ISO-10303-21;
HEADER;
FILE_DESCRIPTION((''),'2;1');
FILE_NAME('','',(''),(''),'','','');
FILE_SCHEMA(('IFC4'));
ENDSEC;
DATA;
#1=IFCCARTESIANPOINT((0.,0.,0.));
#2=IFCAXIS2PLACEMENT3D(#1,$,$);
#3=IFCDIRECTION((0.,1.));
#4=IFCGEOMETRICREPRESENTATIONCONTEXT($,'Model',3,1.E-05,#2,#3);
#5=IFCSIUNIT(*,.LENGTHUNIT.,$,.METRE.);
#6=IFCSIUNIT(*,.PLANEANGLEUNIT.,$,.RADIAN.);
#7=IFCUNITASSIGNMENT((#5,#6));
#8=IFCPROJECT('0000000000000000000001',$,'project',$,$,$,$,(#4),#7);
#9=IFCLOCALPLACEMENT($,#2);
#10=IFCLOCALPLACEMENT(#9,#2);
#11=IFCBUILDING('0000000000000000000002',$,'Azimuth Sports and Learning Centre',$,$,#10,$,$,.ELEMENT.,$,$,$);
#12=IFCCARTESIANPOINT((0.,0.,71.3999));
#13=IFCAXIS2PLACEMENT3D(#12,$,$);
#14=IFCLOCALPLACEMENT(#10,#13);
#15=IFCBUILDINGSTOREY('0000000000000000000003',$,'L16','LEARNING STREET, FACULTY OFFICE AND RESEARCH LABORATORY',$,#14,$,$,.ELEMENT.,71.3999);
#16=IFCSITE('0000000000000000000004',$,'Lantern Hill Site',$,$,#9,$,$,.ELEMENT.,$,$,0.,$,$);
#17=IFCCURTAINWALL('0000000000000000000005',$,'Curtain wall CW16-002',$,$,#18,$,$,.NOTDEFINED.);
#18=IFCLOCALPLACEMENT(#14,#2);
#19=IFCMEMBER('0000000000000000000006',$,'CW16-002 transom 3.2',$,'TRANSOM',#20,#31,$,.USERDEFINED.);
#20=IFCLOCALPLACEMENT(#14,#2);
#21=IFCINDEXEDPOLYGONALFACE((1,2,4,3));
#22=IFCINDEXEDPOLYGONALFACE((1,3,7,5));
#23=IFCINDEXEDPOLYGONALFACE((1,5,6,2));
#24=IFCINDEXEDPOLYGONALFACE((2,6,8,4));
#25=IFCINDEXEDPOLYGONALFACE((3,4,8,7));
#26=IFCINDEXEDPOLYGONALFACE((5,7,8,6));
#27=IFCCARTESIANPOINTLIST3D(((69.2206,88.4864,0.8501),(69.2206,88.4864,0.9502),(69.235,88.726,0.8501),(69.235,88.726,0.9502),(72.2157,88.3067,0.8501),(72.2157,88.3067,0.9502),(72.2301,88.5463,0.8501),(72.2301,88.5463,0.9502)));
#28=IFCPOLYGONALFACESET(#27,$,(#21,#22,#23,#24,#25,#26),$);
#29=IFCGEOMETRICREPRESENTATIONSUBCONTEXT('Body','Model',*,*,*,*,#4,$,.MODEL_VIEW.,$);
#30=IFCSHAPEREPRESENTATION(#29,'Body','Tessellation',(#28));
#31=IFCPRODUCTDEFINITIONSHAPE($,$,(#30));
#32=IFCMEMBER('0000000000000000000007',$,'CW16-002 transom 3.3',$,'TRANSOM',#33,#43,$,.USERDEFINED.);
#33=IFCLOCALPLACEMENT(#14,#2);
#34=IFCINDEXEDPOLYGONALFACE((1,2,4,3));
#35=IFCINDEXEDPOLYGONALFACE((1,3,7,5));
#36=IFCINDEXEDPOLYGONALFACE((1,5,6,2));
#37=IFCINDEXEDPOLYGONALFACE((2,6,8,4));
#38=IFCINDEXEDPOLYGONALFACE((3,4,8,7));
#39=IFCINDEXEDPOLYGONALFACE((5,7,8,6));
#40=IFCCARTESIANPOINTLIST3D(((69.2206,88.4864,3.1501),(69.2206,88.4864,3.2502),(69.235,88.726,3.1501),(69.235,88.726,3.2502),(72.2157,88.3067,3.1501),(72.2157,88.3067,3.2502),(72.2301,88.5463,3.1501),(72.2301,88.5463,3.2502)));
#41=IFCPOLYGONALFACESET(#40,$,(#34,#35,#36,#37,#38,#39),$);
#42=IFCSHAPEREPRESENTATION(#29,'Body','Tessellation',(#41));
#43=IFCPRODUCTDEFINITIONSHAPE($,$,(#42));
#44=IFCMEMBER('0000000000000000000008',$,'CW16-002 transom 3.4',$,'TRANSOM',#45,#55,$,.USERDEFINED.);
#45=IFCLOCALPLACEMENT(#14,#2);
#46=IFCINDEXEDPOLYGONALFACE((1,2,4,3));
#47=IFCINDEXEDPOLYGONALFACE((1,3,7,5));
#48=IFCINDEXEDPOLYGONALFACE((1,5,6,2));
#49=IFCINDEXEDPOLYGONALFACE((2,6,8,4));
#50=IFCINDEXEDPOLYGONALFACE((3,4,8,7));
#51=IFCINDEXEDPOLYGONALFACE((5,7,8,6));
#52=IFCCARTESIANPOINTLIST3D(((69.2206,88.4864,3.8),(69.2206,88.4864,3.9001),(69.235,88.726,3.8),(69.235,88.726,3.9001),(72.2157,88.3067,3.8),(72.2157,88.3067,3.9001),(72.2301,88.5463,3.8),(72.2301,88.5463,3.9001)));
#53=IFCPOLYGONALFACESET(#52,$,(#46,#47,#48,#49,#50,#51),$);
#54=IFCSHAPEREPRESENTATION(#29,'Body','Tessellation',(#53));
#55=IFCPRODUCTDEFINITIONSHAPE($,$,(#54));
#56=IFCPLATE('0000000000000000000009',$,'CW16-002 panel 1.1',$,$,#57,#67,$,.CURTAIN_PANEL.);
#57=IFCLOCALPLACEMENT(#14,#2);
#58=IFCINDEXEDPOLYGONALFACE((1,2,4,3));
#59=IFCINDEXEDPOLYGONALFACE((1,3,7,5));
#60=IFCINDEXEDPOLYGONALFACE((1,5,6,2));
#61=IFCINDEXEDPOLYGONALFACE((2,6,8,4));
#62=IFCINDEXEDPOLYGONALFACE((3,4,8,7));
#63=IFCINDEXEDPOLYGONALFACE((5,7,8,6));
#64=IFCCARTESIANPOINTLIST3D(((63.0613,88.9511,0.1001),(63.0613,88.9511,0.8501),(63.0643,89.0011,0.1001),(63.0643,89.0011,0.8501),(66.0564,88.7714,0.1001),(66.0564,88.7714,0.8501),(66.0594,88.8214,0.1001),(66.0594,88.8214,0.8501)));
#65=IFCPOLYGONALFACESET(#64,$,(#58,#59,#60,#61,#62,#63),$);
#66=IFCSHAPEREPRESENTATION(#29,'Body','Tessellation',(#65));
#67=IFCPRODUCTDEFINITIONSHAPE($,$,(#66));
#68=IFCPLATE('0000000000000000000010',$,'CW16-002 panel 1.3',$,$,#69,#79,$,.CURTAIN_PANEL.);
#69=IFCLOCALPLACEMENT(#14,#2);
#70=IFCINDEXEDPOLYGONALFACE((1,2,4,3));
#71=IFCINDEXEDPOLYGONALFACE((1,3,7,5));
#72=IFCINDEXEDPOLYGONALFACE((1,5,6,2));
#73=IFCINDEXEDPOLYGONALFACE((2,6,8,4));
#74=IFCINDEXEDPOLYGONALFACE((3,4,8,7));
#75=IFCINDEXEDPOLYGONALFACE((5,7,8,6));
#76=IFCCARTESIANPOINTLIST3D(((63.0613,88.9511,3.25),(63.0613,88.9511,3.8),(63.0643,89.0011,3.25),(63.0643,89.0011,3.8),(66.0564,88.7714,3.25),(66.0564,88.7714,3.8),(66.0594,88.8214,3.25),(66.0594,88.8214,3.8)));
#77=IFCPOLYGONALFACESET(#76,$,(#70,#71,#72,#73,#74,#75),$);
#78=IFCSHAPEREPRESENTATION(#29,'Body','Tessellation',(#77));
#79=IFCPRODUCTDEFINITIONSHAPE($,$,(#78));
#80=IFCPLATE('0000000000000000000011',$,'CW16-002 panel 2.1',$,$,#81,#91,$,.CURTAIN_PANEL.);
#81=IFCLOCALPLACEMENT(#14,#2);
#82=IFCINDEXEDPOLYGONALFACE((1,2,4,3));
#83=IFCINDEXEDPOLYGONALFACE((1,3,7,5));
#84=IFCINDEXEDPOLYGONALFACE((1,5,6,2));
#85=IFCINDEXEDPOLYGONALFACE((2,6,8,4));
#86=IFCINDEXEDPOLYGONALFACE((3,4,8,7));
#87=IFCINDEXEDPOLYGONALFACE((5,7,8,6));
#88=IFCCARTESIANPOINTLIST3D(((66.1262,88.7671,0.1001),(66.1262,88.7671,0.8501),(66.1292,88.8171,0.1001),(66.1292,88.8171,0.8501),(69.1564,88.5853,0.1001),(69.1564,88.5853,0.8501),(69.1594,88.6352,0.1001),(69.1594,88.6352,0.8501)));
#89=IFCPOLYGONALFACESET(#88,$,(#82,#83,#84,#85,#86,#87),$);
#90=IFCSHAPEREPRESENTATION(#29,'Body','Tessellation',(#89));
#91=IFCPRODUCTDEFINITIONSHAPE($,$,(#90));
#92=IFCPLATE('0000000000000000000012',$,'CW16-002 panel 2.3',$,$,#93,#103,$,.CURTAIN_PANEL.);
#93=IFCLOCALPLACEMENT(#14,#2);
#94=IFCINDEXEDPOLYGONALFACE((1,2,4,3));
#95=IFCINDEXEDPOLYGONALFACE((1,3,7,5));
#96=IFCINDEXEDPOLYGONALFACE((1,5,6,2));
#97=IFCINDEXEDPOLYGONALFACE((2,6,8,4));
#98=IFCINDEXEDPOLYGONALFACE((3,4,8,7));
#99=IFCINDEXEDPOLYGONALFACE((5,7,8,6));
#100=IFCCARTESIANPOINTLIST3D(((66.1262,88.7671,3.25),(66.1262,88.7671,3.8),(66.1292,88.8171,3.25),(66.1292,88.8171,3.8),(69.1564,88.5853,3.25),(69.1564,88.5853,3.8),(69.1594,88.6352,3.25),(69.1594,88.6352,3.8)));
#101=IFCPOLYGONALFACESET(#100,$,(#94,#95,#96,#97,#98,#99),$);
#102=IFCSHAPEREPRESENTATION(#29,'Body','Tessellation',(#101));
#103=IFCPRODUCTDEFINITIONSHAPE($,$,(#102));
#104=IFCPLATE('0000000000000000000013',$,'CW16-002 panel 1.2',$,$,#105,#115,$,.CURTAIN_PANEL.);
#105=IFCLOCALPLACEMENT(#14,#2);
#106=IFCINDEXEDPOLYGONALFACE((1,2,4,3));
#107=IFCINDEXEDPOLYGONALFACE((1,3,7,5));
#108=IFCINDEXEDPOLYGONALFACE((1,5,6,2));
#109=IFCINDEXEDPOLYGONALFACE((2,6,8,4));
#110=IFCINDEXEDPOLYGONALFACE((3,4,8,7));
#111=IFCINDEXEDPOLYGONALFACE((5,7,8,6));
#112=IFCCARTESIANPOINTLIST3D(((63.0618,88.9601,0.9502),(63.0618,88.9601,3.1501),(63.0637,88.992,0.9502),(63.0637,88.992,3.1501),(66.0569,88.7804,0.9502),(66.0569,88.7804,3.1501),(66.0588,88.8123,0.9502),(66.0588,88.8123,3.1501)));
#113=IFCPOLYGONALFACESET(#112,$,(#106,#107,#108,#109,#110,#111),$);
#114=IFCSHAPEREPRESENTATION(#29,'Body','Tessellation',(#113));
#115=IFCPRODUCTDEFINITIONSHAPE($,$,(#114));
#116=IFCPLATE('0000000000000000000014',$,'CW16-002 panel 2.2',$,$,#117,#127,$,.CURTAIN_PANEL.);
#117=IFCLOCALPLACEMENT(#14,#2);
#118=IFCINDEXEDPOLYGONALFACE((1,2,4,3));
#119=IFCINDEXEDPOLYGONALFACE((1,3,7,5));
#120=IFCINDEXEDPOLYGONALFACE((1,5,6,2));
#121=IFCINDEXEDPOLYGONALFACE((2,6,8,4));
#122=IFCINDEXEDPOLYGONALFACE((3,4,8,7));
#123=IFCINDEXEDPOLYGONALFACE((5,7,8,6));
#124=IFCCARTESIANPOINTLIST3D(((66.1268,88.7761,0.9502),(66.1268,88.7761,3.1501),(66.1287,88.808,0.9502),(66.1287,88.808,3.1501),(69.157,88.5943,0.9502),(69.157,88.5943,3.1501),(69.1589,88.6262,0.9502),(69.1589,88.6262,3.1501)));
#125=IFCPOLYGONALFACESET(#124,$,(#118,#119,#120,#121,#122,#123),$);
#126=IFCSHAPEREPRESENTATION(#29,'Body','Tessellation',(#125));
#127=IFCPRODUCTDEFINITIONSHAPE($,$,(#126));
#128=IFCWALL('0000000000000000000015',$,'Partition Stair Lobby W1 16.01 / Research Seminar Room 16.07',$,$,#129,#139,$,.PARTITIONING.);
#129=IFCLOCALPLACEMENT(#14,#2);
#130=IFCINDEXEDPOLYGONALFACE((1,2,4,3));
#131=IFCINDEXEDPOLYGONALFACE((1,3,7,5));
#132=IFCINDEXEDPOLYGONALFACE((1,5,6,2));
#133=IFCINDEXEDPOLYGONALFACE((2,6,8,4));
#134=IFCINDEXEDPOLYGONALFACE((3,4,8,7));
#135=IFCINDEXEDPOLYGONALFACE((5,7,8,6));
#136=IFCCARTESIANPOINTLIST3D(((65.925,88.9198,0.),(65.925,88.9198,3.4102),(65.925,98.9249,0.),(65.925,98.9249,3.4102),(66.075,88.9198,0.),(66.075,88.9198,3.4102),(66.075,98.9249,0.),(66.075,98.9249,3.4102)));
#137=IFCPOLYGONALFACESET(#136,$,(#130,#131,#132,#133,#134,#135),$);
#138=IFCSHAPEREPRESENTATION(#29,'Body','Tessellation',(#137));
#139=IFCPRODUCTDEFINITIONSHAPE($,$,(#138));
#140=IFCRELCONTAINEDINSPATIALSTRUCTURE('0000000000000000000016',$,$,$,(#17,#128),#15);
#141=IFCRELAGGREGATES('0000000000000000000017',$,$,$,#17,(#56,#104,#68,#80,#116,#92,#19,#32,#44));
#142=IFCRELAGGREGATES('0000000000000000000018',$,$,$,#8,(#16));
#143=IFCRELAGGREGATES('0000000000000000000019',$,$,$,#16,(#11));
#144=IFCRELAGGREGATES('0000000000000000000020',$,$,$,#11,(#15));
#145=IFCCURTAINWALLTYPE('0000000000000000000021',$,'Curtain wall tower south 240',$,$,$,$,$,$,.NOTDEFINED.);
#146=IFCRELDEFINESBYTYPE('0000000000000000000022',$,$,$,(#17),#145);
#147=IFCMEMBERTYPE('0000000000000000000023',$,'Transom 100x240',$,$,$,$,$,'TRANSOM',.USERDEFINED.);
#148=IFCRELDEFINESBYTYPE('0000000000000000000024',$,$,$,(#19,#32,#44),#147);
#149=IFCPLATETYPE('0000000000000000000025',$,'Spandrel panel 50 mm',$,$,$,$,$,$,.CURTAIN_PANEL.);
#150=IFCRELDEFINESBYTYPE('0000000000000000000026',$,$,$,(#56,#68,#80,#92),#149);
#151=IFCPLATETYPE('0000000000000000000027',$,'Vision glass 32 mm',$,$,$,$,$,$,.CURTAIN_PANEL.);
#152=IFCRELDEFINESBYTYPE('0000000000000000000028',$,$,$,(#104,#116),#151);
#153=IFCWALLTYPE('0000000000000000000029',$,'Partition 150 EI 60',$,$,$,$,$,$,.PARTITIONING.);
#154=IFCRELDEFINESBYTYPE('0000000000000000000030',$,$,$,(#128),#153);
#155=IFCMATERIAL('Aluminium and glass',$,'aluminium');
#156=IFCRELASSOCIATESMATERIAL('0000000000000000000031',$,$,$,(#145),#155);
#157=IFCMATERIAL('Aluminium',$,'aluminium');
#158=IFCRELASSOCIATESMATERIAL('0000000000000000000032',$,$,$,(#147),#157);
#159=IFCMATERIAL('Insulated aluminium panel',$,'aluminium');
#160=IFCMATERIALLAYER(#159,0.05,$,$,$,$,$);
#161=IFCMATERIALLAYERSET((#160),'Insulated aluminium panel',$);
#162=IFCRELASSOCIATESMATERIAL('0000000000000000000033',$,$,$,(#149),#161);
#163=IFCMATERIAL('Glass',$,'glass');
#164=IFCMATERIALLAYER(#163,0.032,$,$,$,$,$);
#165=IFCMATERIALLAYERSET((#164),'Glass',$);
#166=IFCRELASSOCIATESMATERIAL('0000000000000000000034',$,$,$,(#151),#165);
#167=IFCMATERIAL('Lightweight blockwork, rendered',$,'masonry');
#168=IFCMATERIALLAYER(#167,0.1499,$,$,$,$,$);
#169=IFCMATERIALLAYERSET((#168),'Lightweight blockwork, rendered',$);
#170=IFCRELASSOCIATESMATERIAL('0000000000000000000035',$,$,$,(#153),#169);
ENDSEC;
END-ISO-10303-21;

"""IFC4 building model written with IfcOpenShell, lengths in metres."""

from ifc_helpers import new_model, si_unit, direction, frame, frame_2d, origin, origin_2d, place, context, subcontext, project, spatial, rectangle, extrude, material, layer, layer_set, material_profile, profile_set, type_object, element, aggregate, save


model = new_model("IFC4")

# Units and contexts
model_context = context("Model", 3, precision=1e-05, world=origin(), true_north=direction((0.0, 1.0)))
body_context = subcontext(model_context, "Body", "Model", "MODEL_VIEW")
ifc_project = project(units=[si_unit("LENGTHUNIT", "METRE"), si_unit("PLANEANGLEUNIT", "RADIAN")], contexts=[model_context])

# Site, building, storey
site_placement = place(None, origin())
site = spatial("IfcSite", under=ifc_project, at=site_placement, Name="Lantern Hill Site", CompositionType="ELEMENT", RefElevation=0.0)
building_placement = place(site_placement, origin())
building = spatial("IfcBuilding", under=site, at=building_placement, Name="Azimuth Sports and Learning Centre", CompositionType="ELEMENT")
storey_placement = place(building_placement, frame((0.0, 0.0, 71.3999)))
storey = spatial("IfcBuildingStorey", under=building, at=storey_placement, Name="L16", Description="LEARNING STREET, FACULTY OFFICE AND RESEARCH LABORATORY", CompositionType="ELEMENT", Elevation=71.3999)

# Curtain wall
ifc_material_1 = material(Name="Aluminium and glass", Category="aluminium")
curtain_wall_type_1 = type_object("IfcCurtainWallType", Name="Curtain wall tower south 240", PredefinedType="NOTDEFINED", material=ifc_material_1)
curtain_wall_1_placement = place(storey_placement, origin())
curtain_wall_1 = element("IfcCurtainWall", 1, at=curtain_wall_1_placement, inside=storey, type_object=curtain_wall_type_1, Name="Curtain wall CW16-002", PredefinedType="NOTDEFINED")

# Members
ifc_material_2 = material(Name="Aluminium", Category="aluminium")
ifc_material_profile_1 = material_profile(ifc_material_2, rectangle(XDim=0.24, YDim=0.1001, at=origin_2d()), Name="Transom 100x240")
ifc_profile_set_1 = profile_set([ifc_material_profile_1], Name="Aluminium")
member_type_1 = type_object("IfcMemberType", Name="Transom 100x240", ElementType="TRANSOM", PredefinedType="USERDEFINED", material=ifc_profile_set_1)
member_1_placement = place(storey_placement, frame((69.2278, 88.6062, 0.9001), z_axis=(0.998205, -0.059886, 0.0), x_axis=(0.059886, 0.998205, 0.0)))
member_1 = element("IfcMember", 2, at=member_1_placement, type_object=member_type_1, Name="CW16-002 transom 3.2", ObjectType="TRANSOM", PredefinedType="USERDEFINED", context=body_context, shape_type="SweptSolid", body=[
    extrude(rectangle(XDim=0.24, YDim=0.1001, at=origin_2d()), origin(), (0.0, 0.0, 1.0), 3.0005),
])
member_2_placement = place(storey_placement, frame((69.2278, 88.6062, 3.2002), z_axis=(0.998205, -0.059886, 0.0), x_axis=(0.059886, 0.998205, 0.0)))
member_2 = element("IfcMember", 3, at=member_2_placement, type_object=member_type_1, Name="CW16-002 transom 3.3", ObjectType="TRANSOM", PredefinedType="USERDEFINED", context=body_context, shape_type="SweptSolid", body=[
    extrude(rectangle(XDim=0.24, YDim=0.1001, at=origin_2d()), origin(), (0.0, 0.0, 1.0), 3.0005),
])
member_3_placement = place(storey_placement, frame((69.2278, 88.6062, 3.8501), z_axis=(0.998205, -0.059886, 0.0), x_axis=(0.059886, 0.998205, 0.0)))
member_3 = element("IfcMember", 4, at=member_3_placement, type_object=member_type_1, Name="CW16-002 transom 3.4", ObjectType="TRANSOM", PredefinedType="USERDEFINED", context=body_context, shape_type="SweptSolid", body=[
    extrude(rectangle(XDim=0.24, YDim=0.1001, at=origin_2d()), origin(), (0.0, 0.0, 1.0), 3.0005),
])

# Plates
ifc_material_3 = material(Name="Insulated aluminium panel", Category="aluminium")
ifc_layer_1 = layer(ifc_material_3, 0.05)
ifc_layer_set_1 = layer_set([ifc_layer_1], Name="Insulated aluminium panel")
plate_type_1 = type_object("IfcPlateType", Name="Spandrel panel 50 mm", PredefinedType="CURTAIN_PANEL", material=ifc_layer_set_1)
plate_1_placement = place(storey_placement, frame((64.5603, 88.8862, 0.1001), z_axis=(0.0, 0.0, 1.0), x_axis=(0.998205, -0.059892, 0.0)))
plate_1 = element("IfcPlate", 5, at=plate_1_placement, type_object=plate_type_1, Name="CW16-002 panel 1.1", PredefinedType="CURTAIN_PANEL", context=body_context, shape_type="SweptSolid", body=[
    extrude(rectangle(XDim=3.0005, YDim=0.05, at=origin_2d()), origin(), (0.0, 0.0, 1.0), 0.75),
])
plate_2_placement = place(storey_placement, frame((64.5603, 88.8862, 3.25), z_axis=(0.0, 0.0, 1.0), x_axis=(0.998205, -0.059892, 0.0)))
plate_2 = element("IfcPlate", 6, at=plate_2_placement, type_object=plate_type_1, Name="CW16-002 panel 1.3", PredefinedType="CURTAIN_PANEL", context=body_context, shape_type="SweptSolid", body=[
    extrude(rectangle(XDim=3.0005, YDim=0.05, at=origin_2d()), origin(), (0.0, 0.0, 1.0), 0.55),
])
plate_3_placement = place(storey_placement, frame((67.6428, 88.7012, 0.1001), z_axis=(0.0, 0.0, 1.0), x_axis=(0.998205, -0.059892, 0.0)))
plate_3 = element("IfcPlate", 7, at=plate_3_placement, type_object=plate_type_1, Name="CW16-002 panel 2.1", PredefinedType="CURTAIN_PANEL", context=body_context, shape_type="SweptSolid", body=[
    extrude(rectangle(XDim=3.0356, YDim=0.05, at=origin_2d()), origin(), (0.0, 0.0, 1.0), 0.75),
])
plate_4_placement = place(storey_placement, frame((67.6428, 88.7012, 3.25), z_axis=(0.0, 0.0, 1.0), x_axis=(0.998205, -0.059892, 0.0)))
plate_4 = element("IfcPlate", 8, at=plate_4_placement, type_object=plate_type_1, Name="CW16-002 panel 2.3", PredefinedType="CURTAIN_PANEL", context=body_context, shape_type="SweptSolid", body=[
    extrude(rectangle(XDim=3.0356, YDim=0.05, at=origin_2d()), origin(), (0.0, 0.0, 1.0), 0.55),
])
ifc_material_4 = material(Name="Glass", Category="glass")
ifc_layer_2 = layer(ifc_material_4, 0.032)
ifc_layer_set_2 = layer_set([ifc_layer_2], Name="Glass")
plate_type_2 = type_object("IfcPlateType", Name="Vision glass 32 mm", PredefinedType="CURTAIN_PANEL", material=ifc_layer_set_2)
plate_5_placement = place(storey_placement, frame((64.5603, 88.8862, 0.9502), z_axis=(0.0, 0.0, 1.0), x_axis=(0.998205, -0.059892, 0.0)))
plate_5 = element("IfcPlate", 9, at=plate_5_placement, type_object=plate_type_2, Name="CW16-002 panel 1.2", PredefinedType="CURTAIN_PANEL", context=body_context, shape_type="SweptSolid", body=[
    extrude(rectangle(XDim=3.0005, YDim=0.032, at=origin_2d()), origin(), (0.0, 0.0, 1.0), 2.2),
])
plate_6_placement = place(storey_placement, frame((67.6428, 88.7012, 0.9502), z_axis=(0.0, 0.0, 1.0), x_axis=(0.998205, -0.059892, 0.0)))
plate_6 = element("IfcPlate", 10, at=plate_6_placement, type_object=plate_type_2, Name="CW16-002 panel 2.2", PredefinedType="CURTAIN_PANEL", context=body_context, shape_type="SweptSolid", body=[
    extrude(rectangle(XDim=3.0356, YDim=0.032, at=origin_2d()), origin(), (0.0, 0.0, 1.0), 2.2),
])
aggregate(curtain_wall_1, [plate_1, plate_5, plate_2, plate_3, plate_6, plate_4, member_1, member_2, member_3])

# Wall
ifc_material_5 = material(Name="Lightweight blockwork, rendered", Category="masonry")
ifc_layer_3 = layer(ifc_material_5, 0.1499)
ifc_layer_set_3 = layer_set([ifc_layer_3], Name="Lightweight blockwork, rendered")
wall_type = type_object("IfcWallType", Name="Partition 150 EI 60", PredefinedType="PARTITIONING", material=ifc_layer_set_3)
wall_placement = place(storey_placement, frame((66.0, 88.9199, 0.0), z_axis=(0.0, 0.0, 1.0), x_axis=(0.0, 1.0, 0.0)))
element("IfcWall", 11, at=wall_placement, inside=storey, type_object=wall_type, Name="Partition Stair Lobby W1 16.01 / Research Seminar Room 16.07", PredefinedType="PARTITIONING", context=body_context, shape_type="SweptSolid", body=[
    extrude(rectangle(XDim=10.0051, YDim=0.1499, at=frame_2d((5.0024, 0.0))), origin(), (0.0, 0.0, 1.0), 3.4102),
])

save(model, "model.ifc")
